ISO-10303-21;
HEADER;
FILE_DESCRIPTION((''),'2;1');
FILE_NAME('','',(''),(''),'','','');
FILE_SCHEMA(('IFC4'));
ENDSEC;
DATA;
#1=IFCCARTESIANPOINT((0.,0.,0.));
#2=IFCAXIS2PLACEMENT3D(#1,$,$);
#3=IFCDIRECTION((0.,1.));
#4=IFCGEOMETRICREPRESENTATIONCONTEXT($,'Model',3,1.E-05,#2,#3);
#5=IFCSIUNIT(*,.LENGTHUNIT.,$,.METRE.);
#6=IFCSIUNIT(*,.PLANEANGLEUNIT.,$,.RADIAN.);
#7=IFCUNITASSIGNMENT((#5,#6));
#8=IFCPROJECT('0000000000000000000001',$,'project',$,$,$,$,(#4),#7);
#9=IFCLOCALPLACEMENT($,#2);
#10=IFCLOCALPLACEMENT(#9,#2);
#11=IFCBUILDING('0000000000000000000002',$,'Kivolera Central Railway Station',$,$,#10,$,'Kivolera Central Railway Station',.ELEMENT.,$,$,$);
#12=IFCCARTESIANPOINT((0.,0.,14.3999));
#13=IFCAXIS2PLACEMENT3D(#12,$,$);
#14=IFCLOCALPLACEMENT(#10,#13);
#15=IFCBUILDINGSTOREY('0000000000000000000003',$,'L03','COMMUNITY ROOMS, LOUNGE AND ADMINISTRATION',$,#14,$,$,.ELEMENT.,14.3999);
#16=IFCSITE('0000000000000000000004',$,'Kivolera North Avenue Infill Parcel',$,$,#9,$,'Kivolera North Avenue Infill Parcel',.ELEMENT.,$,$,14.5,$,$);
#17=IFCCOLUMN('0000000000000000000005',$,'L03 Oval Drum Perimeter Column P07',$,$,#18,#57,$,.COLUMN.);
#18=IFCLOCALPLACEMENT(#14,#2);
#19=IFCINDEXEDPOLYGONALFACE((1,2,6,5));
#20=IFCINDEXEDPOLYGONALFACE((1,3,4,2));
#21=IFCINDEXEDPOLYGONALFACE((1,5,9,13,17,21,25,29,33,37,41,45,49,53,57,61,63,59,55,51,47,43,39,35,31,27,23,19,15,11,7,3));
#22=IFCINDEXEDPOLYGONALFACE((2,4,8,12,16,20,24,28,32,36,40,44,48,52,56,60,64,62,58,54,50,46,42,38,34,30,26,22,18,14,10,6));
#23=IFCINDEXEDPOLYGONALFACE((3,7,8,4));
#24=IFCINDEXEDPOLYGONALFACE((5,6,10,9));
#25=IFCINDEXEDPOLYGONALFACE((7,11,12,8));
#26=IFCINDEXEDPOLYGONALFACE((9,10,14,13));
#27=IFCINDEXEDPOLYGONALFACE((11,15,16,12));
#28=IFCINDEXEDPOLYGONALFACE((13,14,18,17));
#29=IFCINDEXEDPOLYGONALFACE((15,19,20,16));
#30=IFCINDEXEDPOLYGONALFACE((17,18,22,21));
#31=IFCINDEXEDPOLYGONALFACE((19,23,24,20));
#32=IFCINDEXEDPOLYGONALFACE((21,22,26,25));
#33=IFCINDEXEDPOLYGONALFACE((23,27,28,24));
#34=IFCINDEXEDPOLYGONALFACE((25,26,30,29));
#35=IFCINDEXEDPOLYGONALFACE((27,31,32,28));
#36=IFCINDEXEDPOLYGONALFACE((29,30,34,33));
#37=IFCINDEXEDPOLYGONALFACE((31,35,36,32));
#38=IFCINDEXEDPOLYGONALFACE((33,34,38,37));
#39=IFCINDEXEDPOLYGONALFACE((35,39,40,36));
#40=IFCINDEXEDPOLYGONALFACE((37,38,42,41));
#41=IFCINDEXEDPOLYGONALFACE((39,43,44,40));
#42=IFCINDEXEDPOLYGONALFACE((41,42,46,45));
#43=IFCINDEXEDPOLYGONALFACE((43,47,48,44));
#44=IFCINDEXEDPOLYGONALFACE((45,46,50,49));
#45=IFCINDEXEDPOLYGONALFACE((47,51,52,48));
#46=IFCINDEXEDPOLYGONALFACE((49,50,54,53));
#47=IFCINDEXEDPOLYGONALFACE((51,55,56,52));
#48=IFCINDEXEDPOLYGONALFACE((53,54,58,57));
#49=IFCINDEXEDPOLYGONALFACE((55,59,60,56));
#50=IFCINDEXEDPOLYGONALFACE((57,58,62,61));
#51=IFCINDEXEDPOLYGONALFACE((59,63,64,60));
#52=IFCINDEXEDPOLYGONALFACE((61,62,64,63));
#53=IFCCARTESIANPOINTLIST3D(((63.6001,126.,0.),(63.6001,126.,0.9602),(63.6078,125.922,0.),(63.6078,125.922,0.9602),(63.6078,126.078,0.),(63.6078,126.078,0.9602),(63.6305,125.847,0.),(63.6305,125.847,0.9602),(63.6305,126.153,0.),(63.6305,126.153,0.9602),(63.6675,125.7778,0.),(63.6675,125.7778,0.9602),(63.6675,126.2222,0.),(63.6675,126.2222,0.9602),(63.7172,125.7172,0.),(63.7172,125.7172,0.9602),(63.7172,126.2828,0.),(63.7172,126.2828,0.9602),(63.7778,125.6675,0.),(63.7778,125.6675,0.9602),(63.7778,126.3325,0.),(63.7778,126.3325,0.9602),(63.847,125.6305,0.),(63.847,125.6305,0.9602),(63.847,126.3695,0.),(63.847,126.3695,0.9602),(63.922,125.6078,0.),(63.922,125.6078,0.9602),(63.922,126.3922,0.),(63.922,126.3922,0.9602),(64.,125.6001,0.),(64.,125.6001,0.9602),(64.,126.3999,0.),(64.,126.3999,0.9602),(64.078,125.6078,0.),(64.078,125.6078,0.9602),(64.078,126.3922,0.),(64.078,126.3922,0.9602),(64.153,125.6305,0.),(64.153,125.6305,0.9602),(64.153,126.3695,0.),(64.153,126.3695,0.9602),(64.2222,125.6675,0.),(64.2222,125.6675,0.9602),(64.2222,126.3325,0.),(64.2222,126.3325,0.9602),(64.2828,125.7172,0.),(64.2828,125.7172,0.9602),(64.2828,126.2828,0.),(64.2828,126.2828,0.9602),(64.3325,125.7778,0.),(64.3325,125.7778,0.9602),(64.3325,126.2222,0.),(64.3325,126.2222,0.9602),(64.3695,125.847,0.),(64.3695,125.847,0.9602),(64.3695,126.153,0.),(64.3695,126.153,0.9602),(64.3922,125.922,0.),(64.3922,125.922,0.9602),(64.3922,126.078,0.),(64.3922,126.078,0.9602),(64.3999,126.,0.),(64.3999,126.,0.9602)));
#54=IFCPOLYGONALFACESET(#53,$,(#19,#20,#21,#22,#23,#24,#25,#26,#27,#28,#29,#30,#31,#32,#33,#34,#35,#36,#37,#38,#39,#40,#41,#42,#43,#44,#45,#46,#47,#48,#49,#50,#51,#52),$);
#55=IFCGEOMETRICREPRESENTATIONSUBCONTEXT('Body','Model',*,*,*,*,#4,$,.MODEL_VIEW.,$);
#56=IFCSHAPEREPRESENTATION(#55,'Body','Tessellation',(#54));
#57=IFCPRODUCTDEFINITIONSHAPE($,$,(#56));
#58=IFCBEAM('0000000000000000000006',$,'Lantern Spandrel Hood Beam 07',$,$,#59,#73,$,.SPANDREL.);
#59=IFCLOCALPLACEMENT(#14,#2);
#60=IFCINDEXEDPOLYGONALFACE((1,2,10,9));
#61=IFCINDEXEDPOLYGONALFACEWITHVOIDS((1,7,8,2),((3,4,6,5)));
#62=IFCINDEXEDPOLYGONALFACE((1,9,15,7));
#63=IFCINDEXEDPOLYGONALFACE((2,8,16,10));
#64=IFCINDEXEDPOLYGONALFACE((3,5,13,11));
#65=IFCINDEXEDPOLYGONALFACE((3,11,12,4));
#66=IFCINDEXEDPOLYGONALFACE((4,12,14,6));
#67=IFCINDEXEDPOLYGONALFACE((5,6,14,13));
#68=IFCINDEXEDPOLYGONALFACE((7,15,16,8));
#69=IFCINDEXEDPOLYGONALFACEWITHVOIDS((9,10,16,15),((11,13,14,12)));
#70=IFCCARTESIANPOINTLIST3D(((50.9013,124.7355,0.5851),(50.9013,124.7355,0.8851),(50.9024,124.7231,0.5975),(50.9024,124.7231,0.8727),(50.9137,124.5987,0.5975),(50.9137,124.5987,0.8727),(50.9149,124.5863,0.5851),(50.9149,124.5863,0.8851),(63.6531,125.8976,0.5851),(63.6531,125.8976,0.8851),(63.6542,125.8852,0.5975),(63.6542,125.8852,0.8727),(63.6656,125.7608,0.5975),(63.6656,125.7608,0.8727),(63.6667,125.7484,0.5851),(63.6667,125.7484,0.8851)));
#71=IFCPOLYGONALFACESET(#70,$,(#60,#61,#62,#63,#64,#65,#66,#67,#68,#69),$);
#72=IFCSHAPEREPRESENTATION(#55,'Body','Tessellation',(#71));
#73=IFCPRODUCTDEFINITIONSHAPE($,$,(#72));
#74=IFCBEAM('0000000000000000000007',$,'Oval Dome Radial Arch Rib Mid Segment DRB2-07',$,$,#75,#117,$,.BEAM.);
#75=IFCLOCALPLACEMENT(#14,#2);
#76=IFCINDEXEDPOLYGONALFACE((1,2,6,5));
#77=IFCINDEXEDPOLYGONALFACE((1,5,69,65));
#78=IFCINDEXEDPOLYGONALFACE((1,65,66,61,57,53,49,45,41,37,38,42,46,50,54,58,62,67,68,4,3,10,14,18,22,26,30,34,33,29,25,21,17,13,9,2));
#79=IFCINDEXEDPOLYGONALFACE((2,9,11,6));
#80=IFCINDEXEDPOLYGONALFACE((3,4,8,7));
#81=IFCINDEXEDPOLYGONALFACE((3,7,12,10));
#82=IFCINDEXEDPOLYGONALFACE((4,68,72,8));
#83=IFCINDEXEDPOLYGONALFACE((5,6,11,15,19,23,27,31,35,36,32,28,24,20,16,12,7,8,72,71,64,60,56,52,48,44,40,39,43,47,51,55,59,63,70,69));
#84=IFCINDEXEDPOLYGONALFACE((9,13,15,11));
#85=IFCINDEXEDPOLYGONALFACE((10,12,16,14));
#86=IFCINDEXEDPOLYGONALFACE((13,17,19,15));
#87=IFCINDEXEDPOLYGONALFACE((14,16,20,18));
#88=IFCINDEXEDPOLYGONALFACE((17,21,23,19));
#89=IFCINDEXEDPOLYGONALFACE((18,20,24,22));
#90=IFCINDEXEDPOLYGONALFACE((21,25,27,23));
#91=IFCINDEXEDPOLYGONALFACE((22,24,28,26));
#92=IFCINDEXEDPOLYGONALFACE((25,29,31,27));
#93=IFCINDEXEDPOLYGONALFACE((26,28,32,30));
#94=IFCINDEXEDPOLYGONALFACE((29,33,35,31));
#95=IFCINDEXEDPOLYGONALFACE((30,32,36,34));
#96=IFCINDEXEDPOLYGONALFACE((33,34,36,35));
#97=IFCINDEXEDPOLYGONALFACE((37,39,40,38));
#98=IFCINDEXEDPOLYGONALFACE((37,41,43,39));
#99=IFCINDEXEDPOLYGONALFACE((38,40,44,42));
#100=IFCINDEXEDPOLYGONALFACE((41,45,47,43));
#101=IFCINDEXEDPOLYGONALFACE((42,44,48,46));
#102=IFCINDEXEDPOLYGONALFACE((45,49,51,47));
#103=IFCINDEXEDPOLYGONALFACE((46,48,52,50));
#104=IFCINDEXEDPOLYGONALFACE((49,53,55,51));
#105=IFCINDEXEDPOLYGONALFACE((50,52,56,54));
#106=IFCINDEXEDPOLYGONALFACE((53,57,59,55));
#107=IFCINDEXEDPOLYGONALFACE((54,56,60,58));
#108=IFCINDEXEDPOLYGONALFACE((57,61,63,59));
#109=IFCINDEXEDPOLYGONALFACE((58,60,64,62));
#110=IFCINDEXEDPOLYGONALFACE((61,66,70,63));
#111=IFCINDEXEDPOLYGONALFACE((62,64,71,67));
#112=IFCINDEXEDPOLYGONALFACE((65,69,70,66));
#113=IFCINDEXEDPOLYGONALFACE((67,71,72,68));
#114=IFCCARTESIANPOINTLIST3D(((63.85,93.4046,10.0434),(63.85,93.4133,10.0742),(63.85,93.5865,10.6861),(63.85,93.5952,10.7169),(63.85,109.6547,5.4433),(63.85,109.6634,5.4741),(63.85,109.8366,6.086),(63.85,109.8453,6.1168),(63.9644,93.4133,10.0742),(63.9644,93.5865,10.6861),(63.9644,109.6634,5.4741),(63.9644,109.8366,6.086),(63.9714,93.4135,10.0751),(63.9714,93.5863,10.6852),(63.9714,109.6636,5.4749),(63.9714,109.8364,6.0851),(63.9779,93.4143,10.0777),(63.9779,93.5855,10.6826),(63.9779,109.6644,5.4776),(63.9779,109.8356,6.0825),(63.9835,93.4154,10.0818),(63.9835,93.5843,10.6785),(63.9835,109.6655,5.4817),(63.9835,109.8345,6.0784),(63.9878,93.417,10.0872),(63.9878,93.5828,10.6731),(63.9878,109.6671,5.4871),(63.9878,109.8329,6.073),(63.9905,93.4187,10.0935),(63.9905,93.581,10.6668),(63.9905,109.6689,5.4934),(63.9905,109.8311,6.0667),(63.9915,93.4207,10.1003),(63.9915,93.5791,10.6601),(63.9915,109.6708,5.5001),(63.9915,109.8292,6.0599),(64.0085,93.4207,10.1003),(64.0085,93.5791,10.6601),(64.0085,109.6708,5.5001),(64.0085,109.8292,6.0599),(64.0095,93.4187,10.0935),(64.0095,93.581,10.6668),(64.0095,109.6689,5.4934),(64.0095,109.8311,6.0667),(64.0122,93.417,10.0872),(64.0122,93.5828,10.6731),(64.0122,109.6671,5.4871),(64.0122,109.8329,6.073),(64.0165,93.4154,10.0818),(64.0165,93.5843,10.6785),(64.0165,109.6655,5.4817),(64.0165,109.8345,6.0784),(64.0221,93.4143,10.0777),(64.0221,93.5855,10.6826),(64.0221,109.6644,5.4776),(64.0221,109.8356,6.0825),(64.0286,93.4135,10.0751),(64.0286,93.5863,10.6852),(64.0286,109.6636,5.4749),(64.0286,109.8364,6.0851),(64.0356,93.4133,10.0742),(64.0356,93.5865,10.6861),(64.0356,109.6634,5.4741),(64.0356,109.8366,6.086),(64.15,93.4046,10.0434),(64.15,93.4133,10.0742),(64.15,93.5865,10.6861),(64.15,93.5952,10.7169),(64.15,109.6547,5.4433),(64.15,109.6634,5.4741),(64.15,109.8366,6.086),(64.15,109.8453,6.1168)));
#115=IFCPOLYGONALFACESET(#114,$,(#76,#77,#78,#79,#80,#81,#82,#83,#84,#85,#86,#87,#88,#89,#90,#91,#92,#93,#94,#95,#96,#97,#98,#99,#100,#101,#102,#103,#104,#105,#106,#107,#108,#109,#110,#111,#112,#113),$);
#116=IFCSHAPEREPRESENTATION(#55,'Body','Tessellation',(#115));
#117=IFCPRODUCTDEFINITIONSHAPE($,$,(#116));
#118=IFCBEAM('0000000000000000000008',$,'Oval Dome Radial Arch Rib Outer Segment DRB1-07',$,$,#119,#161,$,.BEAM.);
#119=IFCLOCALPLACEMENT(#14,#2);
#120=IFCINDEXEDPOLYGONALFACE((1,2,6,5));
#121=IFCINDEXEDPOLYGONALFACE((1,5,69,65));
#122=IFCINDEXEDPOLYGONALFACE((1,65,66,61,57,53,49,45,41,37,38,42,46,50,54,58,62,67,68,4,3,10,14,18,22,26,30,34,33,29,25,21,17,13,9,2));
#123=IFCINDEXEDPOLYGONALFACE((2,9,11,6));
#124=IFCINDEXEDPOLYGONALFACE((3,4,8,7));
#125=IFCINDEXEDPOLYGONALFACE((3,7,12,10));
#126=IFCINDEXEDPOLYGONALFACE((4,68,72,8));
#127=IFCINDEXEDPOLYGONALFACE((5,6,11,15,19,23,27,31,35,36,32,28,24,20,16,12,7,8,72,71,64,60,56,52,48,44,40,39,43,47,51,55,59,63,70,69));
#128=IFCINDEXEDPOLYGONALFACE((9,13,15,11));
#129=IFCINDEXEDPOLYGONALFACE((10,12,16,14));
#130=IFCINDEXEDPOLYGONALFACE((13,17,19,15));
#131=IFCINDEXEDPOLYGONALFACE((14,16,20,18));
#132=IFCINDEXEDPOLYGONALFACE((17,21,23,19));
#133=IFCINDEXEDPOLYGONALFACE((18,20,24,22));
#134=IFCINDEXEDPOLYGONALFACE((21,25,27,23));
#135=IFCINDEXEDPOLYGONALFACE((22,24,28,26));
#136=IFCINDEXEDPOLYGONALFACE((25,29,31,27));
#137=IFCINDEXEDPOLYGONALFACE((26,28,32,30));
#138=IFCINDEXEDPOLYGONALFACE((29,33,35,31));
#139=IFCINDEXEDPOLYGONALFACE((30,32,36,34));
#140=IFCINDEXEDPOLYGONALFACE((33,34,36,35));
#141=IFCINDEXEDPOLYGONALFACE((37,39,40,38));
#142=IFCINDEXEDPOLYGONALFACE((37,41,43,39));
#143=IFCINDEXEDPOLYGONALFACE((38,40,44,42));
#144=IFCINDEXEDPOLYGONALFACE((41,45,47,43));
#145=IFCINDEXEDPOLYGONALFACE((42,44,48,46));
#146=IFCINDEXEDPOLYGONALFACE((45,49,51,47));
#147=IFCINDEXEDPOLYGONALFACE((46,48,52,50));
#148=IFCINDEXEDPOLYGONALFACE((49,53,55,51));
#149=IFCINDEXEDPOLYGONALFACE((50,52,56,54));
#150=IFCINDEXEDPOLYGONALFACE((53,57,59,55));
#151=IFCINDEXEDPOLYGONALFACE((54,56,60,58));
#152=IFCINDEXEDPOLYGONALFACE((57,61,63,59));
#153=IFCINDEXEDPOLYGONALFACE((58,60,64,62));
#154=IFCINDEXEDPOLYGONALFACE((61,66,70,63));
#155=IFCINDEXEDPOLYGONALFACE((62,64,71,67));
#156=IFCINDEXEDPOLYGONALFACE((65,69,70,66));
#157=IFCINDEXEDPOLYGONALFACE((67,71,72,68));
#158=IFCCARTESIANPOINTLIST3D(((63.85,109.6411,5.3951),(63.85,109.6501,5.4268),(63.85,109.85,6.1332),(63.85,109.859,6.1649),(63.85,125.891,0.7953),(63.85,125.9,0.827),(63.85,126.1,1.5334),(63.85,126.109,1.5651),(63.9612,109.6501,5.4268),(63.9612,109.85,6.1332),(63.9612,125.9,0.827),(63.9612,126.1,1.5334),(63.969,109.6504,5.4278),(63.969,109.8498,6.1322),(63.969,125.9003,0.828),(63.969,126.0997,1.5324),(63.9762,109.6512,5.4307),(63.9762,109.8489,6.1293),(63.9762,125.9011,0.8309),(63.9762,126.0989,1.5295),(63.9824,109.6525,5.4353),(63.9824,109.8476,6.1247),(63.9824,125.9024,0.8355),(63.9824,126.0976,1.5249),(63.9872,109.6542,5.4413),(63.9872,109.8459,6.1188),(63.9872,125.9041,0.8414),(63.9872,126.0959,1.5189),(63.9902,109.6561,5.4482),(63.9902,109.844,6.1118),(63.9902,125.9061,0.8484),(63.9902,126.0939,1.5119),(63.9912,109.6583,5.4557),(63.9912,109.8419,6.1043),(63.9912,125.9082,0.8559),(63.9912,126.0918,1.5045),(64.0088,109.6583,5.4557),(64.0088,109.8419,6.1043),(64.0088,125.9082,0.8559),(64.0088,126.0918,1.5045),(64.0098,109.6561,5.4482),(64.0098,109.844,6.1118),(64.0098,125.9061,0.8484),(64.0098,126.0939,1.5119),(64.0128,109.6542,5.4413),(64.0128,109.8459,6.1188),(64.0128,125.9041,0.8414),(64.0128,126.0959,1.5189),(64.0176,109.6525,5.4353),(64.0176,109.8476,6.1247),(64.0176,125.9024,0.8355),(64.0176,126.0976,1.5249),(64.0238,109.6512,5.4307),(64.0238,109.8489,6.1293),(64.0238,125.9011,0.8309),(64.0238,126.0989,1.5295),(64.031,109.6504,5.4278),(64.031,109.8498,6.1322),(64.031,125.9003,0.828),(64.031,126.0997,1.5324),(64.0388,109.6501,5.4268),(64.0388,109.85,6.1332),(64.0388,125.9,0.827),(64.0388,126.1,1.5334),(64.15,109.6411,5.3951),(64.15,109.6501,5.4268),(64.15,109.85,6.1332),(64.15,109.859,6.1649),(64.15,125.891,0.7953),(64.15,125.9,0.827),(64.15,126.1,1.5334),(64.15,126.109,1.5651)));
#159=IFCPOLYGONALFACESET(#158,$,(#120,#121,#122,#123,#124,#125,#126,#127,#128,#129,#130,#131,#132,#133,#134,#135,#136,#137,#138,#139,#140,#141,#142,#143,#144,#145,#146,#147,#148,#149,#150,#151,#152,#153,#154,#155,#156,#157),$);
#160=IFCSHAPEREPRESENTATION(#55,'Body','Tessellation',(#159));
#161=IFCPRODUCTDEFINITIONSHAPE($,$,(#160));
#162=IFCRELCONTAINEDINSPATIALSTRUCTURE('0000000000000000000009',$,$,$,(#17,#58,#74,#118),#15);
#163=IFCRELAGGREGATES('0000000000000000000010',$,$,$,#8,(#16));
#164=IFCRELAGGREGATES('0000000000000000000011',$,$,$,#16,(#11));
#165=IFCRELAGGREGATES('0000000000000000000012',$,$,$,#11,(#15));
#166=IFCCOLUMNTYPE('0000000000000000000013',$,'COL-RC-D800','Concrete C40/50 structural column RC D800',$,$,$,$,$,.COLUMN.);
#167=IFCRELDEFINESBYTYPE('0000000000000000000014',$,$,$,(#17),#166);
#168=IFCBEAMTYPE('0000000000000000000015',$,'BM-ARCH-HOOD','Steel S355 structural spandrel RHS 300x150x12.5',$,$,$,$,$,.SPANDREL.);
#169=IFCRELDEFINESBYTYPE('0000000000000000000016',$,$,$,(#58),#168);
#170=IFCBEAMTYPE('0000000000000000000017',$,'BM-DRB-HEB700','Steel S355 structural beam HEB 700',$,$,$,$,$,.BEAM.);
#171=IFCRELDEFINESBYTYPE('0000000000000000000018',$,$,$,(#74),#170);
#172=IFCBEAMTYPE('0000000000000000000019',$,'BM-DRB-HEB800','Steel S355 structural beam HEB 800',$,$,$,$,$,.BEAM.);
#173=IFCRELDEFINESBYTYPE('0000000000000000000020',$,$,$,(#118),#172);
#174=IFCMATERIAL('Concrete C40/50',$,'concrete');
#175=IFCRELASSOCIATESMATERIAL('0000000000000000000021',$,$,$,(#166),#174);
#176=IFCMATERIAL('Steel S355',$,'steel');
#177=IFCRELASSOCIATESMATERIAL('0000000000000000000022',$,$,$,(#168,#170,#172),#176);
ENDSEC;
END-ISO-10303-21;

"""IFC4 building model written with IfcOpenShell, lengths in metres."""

from ifc_helpers import new_model, si_unit, direction, frame, origin, origin_2d, place, context, subcontext, project, spatial, hollow_rectangle, circle, i_section, extrude, material, material_profile, profile_set, type_object, element, save


model = new_model("IFC4")

# Units and contexts
model_context = context("Model", 3, precision=1e-05, world=origin(), true_north=direction((0.0, 1.0)))
body_context = subcontext(model_context, "Body", "Model", "MODEL_VIEW")
ifc_project = project(units=[si_unit("LENGTHUNIT", "METRE"), si_unit("PLANEANGLEUNIT", "RADIAN")], contexts=[model_context])

# Site, building, storey
site_placement = place(None, origin())
site = spatial("IfcSite", under=ifc_project, at=site_placement, Name="Kivolera North Avenue Infill Parcel", LongName="Kivolera North Avenue Infill Parcel", CompositionType="ELEMENT", RefElevation=14.5)
building_placement = place(site_placement, origin())
building = spatial("IfcBuilding", under=site, at=building_placement, Name="Kivolera Central Railway Station", LongName="Kivolera Central Railway Station", CompositionType="ELEMENT")
storey_placement = place(building_placement, frame((0.0, 0.0, 14.3999)))
storey = spatial("IfcBuildingStorey", under=building, at=storey_placement, Name="L03", Description="COMMUNITY ROOMS, LOUNGE AND ADMINISTRATION", CompositionType="ELEMENT", Elevation=14.3999)

# Column
ifc_material_1 = material(Name="Concrete C40/50", Category="concrete")
ifc_material_profile_1 = material_profile(ifc_material_1, circle(Radius=0.3999, at=origin_2d()), Name="RC D800")
ifc_profile_set_1 = profile_set([ifc_material_profile_1], Name="Concrete C40/50")
column_type = type_object("IfcColumnType", Name="COL-RC-D800", Description="Concrete C40/50 structural column RC D800", PredefinedType="COLUMN", material=ifc_profile_set_1)
column_placement = place(storey_placement, frame((64.0, 126.0, 0.0), z_axis=(0.0, 0.0, 1.0), x_axis=(1.0, 0.0, 0.0)))
element("IfcColumn", 1, at=column_placement, inside=storey, type_object=column_type, Name="L03 Oval Drum Perimeter Column P07", PredefinedType="COLUMN", context=body_context, shape_type="SweptSolid", body=[
    extrude(circle(Radius=0.3999, at=origin_2d()), origin(), (0.0, 0.0, 1.0), 0.9602),
])

# Beams
ifc_material_2 = material(Name="Steel S355", Category="steel")
ifc_material_profile_2 = material_profile(ifc_material_2, hollow_rectangle(XDim=0.1499, YDim=0.3, WallThickness=0.0125, at=origin_2d()), Name="RHS 300x150x12.5")
ifc_profile_set_2 = profile_set([ifc_material_profile_2], Name="Steel S355")
beam_type_1 = type_object("IfcBeamType", Name="BM-ARCH-HOOD", Description="Steel S355 structural spandrel RHS 300x150x12.5", PredefinedType="SPANDREL", material=ifc_profile_set_2)
beam_1_placement = place(storey_placement, frame((63.6599, 125.823, 0.7351), z_axis=(-0.995873, -0.090756, 0.0), x_axis=(0.090756, -0.995873, 0.0)))
element("IfcBeam", 2, at=beam_1_placement, inside=storey, type_object=beam_type_1, Name="Lantern Spandrel Hood Beam 07", PredefinedType="SPANDREL", context=body_context, shape_type="SweptSolid", body=[
    extrude(hollow_rectangle(XDim=0.1499, YDim=0.3, WallThickness=0.0125, at=origin_2d()), origin(), (0.0, 0.0, 1.0), 12.8047),
])
ifc_material_profile_3 = material_profile(ifc_material_2, i_section(OverallWidth=0.3, OverallDepth=0.7, WebThickness=0.0171, FlangeThickness=0.032, FilletRadius=0.0271, at=origin_2d()), Name="HEB 700")
ifc_profile_set_3 = profile_set([ifc_material_profile_3], Name="Steel S355")
beam_type_2 = type_object("IfcBeamType", Name="BM-DRB-HEB700", Description="Steel S355 structural beam HEB 700", PredefinedType="BEAM", material=ifc_profile_set_3)
beam_2_placement = place(storey_placement, frame((64.0, 109.75, 5.78), z_axis=(0.0, -0.96219, 0.27238), x_axis=(1.0, 0.0, 0.0)))
element("IfcBeam", 3, at=beam_2_placement, inside=storey, type_object=beam_type_2, Name="Oval Dome Radial Arch Rib Mid Segment DRB2-07", PredefinedType="BEAM", context=body_context, shape_type="SweptSolid", body=[
    extrude(i_section(OverallWidth=0.3, OverallDepth=0.7, WebThickness=0.0171, FlangeThickness=0.032, FilletRadius=0.0271, at=origin_2d()), origin(), (0.0, 0.0, 1.0), 16.8887),
])
ifc_material_profile_4 = material_profile(ifc_material_2, i_section(OverallWidth=0.3, OverallDepth=0.8, WebThickness=0.0176, FlangeThickness=0.033, FilletRadius=0.03, at=origin_2d()), Name="HEB 800")
ifc_profile_set_4 = profile_set([ifc_material_profile_4], Name="Steel S355")
beam_type_3 = type_object("IfcBeamType", Name="BM-DRB-HEB800", Description="Steel S355 structural beam HEB 800", PredefinedType="BEAM", material=ifc_profile_set_4)
beam_3_placement = place(storey_placement, frame((64.0, 126.0, 1.1802), z_axis=(0.0, -0.962194, 0.272366), x_axis=(1.0, 0.0, 0.0)))
element("IfcBeam", 4, at=beam_3_placement, inside=storey, type_object=beam_type_3, Name="Oval Dome Radial Arch Rib Outer Segment DRB1-07", PredefinedType="BEAM", context=body_context, shape_type="SweptSolid", body=[
    extrude(i_section(OverallWidth=0.3, OverallDepth=0.8, WebThickness=0.0176, FlangeThickness=0.033, FilletRadius=0.03, at=origin_2d()), origin(), (0.0, 0.0, 1.0), 16.8884),
])

save(model, "model.ifc")
